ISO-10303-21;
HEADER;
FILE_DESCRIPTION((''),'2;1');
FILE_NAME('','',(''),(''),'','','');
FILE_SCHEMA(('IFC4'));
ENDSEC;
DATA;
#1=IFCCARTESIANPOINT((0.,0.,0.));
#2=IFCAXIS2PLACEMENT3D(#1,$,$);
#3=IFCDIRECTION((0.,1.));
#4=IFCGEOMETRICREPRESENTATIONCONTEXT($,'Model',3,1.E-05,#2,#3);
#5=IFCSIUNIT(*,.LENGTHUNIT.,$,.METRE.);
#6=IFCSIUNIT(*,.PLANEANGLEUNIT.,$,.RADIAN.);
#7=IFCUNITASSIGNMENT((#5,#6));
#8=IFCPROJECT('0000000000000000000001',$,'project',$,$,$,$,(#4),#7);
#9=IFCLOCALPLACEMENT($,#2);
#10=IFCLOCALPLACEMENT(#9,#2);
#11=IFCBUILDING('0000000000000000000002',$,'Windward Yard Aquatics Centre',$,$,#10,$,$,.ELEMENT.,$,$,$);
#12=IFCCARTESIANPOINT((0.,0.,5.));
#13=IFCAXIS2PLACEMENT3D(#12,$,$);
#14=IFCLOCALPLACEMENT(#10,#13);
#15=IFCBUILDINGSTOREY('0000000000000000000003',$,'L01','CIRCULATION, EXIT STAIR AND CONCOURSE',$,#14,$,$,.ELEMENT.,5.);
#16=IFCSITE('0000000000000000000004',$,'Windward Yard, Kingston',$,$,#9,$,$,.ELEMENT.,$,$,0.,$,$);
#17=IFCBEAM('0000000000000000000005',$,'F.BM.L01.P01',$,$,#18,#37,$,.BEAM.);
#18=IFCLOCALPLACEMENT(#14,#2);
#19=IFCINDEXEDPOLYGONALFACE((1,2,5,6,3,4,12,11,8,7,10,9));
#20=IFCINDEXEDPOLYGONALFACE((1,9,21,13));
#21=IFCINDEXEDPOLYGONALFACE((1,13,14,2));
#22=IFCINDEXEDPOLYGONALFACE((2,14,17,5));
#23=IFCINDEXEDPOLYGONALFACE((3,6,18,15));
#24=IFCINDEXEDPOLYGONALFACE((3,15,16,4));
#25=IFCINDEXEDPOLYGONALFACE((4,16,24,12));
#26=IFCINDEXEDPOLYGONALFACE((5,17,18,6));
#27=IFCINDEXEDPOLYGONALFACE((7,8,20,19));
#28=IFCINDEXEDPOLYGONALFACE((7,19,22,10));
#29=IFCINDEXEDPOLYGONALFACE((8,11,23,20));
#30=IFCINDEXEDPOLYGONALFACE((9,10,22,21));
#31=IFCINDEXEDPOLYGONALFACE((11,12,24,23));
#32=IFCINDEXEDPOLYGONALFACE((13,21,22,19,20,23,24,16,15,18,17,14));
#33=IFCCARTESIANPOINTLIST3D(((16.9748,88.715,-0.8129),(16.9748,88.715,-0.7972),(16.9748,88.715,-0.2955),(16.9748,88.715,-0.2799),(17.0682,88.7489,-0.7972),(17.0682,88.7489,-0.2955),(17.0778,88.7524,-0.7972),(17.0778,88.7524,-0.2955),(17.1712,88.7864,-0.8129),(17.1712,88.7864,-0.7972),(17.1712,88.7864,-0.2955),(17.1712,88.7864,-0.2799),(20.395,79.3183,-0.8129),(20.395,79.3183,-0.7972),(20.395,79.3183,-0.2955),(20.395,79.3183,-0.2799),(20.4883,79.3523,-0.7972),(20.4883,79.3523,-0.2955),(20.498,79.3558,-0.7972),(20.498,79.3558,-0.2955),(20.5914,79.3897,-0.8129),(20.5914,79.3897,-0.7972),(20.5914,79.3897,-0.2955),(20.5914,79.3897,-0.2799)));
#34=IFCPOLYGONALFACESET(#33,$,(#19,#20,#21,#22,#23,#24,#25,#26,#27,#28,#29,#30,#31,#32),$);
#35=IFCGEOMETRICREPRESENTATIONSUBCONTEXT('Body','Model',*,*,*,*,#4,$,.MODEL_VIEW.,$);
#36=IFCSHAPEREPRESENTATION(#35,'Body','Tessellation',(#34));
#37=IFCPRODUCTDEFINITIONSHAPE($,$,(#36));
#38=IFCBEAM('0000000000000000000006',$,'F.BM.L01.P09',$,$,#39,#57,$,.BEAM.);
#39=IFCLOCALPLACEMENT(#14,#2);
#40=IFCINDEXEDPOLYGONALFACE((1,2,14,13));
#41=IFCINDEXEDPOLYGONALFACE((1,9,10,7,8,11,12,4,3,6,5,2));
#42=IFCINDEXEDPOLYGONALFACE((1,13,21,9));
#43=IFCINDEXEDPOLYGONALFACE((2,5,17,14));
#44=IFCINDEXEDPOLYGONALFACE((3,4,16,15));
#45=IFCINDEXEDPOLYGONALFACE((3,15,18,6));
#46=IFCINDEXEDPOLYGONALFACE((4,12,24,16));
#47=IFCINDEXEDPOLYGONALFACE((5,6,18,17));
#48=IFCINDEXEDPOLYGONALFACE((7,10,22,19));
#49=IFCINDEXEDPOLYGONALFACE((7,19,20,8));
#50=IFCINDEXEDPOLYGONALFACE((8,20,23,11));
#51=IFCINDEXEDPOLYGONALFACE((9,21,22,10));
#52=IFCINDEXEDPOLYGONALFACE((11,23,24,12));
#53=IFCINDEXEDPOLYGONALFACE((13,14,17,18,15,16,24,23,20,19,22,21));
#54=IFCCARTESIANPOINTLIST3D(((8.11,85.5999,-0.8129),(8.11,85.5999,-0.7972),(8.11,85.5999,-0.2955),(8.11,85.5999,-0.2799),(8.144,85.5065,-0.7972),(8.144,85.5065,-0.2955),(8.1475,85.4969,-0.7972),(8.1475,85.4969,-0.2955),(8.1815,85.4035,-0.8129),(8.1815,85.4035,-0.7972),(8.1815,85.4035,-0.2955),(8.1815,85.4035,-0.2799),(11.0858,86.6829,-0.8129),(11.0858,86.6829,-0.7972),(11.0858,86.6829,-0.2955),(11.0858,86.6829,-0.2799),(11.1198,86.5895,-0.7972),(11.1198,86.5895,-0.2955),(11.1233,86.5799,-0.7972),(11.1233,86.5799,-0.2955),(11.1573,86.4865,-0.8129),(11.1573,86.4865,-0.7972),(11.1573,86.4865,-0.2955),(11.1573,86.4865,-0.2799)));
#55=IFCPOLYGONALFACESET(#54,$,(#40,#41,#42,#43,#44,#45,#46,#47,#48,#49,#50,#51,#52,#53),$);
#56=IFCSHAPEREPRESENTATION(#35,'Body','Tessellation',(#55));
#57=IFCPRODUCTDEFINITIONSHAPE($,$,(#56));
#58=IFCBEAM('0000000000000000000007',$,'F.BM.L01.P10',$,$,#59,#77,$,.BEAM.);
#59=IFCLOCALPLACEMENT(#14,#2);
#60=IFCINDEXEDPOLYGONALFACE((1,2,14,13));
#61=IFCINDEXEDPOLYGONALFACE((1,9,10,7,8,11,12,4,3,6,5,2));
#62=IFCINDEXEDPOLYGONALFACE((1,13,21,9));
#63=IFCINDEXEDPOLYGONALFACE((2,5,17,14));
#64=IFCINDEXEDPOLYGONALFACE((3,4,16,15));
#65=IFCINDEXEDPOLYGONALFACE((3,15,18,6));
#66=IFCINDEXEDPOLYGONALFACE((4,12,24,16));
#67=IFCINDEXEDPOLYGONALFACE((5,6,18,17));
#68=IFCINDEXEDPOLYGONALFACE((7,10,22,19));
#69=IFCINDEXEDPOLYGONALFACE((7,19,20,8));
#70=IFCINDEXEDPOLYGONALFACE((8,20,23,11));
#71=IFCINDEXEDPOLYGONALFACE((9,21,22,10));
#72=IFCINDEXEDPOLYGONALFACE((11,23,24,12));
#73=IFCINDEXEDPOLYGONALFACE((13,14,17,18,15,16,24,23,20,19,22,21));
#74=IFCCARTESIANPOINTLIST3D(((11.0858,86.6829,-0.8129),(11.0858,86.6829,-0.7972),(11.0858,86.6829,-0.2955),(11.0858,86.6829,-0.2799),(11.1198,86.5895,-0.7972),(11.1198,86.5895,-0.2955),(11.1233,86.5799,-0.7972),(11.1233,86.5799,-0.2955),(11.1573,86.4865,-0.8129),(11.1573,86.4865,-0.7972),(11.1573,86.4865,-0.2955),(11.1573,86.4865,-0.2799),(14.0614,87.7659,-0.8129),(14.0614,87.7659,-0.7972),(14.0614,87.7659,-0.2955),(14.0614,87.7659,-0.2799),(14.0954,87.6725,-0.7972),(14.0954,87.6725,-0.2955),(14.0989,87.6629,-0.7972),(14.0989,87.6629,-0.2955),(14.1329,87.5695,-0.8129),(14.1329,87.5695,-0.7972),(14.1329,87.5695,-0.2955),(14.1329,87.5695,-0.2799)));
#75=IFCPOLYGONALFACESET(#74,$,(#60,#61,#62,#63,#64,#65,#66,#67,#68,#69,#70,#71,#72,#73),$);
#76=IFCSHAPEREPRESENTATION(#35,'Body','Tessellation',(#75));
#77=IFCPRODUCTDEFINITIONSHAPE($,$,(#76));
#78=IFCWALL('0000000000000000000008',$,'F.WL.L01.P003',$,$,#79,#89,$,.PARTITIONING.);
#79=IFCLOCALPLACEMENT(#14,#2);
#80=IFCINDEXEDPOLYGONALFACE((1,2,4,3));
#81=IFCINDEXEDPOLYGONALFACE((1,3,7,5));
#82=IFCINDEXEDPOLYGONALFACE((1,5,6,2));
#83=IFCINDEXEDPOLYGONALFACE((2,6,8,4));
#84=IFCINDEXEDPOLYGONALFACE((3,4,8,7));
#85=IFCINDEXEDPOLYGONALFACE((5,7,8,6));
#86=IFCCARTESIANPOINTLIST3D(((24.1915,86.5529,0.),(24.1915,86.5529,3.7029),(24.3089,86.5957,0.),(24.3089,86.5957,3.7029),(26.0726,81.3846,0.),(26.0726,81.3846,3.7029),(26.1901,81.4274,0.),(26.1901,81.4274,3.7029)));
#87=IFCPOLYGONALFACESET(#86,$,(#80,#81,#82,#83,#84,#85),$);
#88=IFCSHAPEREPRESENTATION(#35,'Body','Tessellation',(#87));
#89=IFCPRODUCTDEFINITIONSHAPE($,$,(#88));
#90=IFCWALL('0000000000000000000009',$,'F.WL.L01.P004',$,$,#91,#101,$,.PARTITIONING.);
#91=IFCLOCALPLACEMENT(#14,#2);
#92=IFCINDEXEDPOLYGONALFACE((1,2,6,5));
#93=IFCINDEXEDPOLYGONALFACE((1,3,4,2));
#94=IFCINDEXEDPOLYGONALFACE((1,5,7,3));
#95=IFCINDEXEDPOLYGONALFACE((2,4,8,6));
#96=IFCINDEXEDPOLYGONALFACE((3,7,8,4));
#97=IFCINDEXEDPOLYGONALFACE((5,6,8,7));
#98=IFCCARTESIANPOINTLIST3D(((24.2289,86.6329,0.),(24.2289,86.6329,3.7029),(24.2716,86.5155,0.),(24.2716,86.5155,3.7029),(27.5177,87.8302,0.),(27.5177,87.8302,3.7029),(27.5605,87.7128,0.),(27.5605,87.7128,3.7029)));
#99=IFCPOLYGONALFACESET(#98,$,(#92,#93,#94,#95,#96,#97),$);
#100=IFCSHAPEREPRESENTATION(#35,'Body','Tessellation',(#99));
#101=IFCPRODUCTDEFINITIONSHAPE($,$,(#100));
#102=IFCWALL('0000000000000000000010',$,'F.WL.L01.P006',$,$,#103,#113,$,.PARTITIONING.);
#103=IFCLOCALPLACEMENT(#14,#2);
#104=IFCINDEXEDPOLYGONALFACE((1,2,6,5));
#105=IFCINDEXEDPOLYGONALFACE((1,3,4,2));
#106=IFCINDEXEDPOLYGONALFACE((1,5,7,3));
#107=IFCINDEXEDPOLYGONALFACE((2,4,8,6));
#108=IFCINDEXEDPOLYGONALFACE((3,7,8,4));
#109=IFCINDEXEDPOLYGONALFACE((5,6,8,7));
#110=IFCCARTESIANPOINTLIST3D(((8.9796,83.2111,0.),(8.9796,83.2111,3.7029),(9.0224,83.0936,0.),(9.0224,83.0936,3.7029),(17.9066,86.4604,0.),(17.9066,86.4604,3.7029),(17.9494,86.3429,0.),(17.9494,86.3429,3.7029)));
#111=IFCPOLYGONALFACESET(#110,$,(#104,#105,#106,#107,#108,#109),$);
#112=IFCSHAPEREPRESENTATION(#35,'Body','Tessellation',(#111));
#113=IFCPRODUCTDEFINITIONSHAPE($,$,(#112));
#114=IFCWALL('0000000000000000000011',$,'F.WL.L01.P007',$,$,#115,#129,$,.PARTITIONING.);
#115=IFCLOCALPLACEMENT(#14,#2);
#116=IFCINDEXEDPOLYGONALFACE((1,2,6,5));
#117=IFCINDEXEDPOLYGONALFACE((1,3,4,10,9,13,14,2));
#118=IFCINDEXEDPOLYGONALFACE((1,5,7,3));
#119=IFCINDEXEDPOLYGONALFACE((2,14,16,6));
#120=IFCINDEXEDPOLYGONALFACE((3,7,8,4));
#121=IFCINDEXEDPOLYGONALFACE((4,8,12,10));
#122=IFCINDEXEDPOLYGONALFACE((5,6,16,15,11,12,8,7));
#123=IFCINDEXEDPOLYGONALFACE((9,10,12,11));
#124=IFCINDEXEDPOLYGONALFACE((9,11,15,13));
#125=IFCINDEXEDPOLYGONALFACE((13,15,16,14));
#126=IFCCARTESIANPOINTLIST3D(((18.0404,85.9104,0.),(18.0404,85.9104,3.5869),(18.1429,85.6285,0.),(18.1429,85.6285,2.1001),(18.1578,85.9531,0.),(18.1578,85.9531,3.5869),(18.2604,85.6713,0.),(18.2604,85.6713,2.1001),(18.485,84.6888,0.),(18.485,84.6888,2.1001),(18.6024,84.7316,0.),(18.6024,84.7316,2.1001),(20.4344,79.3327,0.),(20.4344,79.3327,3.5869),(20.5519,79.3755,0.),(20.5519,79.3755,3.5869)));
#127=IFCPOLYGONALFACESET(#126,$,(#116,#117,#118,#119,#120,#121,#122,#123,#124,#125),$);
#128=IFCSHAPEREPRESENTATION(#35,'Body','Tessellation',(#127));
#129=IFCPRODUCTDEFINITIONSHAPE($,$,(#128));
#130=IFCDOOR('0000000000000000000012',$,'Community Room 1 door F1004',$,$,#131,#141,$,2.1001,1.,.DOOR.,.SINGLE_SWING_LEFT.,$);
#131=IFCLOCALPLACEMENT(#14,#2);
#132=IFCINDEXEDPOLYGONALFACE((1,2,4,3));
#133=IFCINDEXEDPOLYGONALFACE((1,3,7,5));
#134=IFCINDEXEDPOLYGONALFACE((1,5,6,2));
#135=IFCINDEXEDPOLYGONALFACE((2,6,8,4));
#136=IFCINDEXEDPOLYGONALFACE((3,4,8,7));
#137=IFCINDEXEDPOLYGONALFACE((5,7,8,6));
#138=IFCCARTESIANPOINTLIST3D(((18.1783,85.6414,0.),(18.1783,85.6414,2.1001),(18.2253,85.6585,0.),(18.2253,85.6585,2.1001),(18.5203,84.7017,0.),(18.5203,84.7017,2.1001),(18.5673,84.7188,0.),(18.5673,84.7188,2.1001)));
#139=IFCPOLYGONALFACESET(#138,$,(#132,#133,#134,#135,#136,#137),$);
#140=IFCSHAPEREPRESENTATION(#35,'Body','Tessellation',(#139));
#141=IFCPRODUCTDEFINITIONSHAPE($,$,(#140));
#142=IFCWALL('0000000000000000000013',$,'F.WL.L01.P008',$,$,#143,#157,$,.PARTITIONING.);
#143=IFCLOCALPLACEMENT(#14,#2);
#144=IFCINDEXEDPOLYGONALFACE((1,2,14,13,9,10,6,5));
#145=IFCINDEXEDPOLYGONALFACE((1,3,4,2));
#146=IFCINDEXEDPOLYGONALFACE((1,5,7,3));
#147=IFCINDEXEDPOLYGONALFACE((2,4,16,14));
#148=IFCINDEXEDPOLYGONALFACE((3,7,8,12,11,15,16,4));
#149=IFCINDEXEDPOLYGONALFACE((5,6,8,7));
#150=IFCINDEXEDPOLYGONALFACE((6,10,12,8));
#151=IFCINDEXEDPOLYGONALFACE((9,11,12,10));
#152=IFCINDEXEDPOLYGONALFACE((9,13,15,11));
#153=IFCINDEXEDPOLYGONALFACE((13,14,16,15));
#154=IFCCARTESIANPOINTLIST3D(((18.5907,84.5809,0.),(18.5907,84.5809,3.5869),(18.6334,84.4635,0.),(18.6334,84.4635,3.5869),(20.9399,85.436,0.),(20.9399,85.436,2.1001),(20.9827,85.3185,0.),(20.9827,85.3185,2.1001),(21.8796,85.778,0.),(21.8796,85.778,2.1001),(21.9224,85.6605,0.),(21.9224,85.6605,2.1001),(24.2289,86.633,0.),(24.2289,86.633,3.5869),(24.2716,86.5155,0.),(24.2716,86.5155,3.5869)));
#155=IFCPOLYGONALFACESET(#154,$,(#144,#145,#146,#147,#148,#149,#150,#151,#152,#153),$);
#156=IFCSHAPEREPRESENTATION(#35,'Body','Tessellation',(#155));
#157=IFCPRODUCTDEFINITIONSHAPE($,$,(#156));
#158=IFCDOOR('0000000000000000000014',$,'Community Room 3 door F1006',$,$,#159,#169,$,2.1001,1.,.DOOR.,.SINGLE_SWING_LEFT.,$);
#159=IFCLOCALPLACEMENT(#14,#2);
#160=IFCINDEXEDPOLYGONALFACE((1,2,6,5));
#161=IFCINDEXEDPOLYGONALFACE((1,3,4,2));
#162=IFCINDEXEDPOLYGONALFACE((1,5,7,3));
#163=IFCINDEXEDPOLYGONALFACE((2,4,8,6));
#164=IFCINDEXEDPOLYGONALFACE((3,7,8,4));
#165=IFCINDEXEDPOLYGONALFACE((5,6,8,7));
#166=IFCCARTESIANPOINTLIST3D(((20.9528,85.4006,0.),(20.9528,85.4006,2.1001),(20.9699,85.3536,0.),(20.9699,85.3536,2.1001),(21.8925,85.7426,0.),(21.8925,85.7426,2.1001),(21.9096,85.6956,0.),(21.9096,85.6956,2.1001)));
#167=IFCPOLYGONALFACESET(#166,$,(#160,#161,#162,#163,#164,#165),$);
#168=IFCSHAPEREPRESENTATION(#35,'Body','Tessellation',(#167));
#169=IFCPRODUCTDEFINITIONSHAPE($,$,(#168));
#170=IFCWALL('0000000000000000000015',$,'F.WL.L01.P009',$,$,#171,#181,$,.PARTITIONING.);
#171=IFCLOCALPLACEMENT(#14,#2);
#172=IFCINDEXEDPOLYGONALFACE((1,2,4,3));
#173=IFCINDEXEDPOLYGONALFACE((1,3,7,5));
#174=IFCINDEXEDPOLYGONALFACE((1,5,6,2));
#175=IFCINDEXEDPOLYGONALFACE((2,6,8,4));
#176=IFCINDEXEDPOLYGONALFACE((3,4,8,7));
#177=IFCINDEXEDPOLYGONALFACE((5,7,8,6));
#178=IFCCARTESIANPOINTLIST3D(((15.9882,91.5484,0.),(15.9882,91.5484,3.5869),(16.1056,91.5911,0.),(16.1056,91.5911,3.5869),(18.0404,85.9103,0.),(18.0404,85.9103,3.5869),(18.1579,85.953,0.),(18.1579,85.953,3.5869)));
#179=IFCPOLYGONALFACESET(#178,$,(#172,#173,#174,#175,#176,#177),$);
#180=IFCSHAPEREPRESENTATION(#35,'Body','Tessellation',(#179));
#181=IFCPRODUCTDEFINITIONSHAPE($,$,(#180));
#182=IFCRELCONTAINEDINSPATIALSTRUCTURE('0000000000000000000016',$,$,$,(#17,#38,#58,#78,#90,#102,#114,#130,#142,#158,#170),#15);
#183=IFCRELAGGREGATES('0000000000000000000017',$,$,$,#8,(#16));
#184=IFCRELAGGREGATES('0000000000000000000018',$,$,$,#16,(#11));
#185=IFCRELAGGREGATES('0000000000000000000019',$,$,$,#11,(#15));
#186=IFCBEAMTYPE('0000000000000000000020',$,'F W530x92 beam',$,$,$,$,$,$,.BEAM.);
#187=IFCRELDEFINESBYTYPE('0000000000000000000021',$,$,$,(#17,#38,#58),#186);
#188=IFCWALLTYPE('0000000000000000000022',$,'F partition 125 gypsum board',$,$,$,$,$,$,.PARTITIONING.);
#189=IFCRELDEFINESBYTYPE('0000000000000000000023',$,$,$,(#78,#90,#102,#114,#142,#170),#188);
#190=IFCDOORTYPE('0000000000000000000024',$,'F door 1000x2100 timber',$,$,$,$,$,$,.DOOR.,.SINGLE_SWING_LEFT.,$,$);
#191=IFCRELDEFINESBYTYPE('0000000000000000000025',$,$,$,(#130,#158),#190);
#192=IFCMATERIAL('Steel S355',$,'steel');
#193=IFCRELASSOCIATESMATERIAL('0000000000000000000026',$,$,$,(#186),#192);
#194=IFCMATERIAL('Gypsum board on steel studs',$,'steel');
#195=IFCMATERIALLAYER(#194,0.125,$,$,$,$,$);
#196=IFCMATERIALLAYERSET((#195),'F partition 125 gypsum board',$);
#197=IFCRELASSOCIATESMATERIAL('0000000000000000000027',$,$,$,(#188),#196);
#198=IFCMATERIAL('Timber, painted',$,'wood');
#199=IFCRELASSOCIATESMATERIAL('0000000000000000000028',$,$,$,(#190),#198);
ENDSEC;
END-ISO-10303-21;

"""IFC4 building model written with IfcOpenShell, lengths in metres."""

from ifc_helpers import new_model, si_unit, direction, frame, frame_2d, origin, origin_2d, place, context, subcontext, project, spatial, rectangle, i_section, extrude, material, layer, layer_set, material_profile, profile_set, type_object, element, fill, save


model = new_model("IFC4")

# Units and contexts
model_context = context("Model", 3, precision=1e-05, world=origin(), true_north=direction((0.0, 1.0)))
body_context = subcontext(model_context, "Body", "Model", "MODEL_VIEW")
ifc_project = project(units=[si_unit("LENGTHUNIT", "METRE"), si_unit("PLANEANGLEUNIT", "RADIAN")], contexts=[model_context])

# Site, building, storey
site_placement = place(None, origin())
site = spatial("IfcSite", under=ifc_project, at=site_placement, Name="Windward Yard, Kingston", CompositionType="ELEMENT", RefElevation=0.0)
building_placement = place(site_placement, origin())
building = spatial("IfcBuilding", under=site, at=building_placement, Name="Windward Yard Aquatics Centre", CompositionType="ELEMENT")
storey_placement = place(building_placement, frame((0.0, 0.0, 5.0)))
storey = spatial("IfcBuildingStorey", under=building, at=storey_placement, Name="L01", Description="CIRCULATION, EXIT STAIR AND CONCOURSE", CompositionType="ELEMENT", Elevation=5.0)

# Shared definitions
ifc_material_1 = material(Name="Steel S355", Category="steel")

# Beams
ifc_material_profile_1 = material_profile(ifc_material_1, i_section(OverallWidth=0.209, OverallDepth=0.533, WebThickness=0.0103, FlangeThickness=0.0156, at=origin_2d()), Name="W530x92")
ifc_profile_set_1 = profile_set([ifc_material_profile_1], Name="Steel S355")
beam_type_1 = type_object("IfcBeamType", Name="F W530x92 beam", PredefinedType="BEAM", material=ifc_profile_set_1)
beam_1_placement = place(storey_placement, frame((20.4932, 79.354, -0.5464), z_axis=(-0.342023, 0.939691, 0.0), x_axis=(-0.939691, -0.342023, 0.0)))
element("IfcBeam", 1, at=beam_1_placement, inside=storey, type_object=beam_type_1, Name="F.BM.L01.P01", PredefinedType="BEAM", context=body_context, shape_type="SweptSolid", body=[
    extrude(i_section(OverallWidth=0.209, OverallDepth=0.533, WebThickness=0.0103, FlangeThickness=0.0156, at=origin_2d()), origin(), (0.0, 0.0, 1.0), 9.9998),
])
beam_2_placement = place(storey_placement, frame((8.1458, 85.5017, -0.5464), z_axis=(0.939703, 0.341991, 0.0), x_axis=(-0.341991, 0.939703, 0.0)))
element("IfcBeam", 2, at=beam_2_placement, inside=storey, type_object=beam_type_1, Name="F.BM.L01.P09", PredefinedType="BEAM", context=body_context, shape_type="SweptSolid", body=[
    extrude(i_section(OverallWidth=0.209, OverallDepth=0.533, WebThickness=0.0103, FlangeThickness=0.0156, at=origin_2d()), origin(), (0.0, 0.0, 1.0), 3.1667),
])
beam_3_placement = place(storey_placement, frame((11.1216, 86.5847, -0.5464), z_axis=(0.939694, 0.342015, 0.0), x_axis=(-0.342015, 0.939694, 0.0)))
element("IfcBeam", 3, at=beam_3_placement, inside=storey, type_object=beam_type_1, Name="F.BM.L01.P10", PredefinedType="BEAM", context=body_context, shape_type="SweptSolid", body=[
    extrude(i_section(OverallWidth=0.209, OverallDepth=0.533, WebThickness=0.0103, FlangeThickness=0.0156, at=origin_2d()), origin(), (0.0, 0.0, 1.0), 3.1665),
])

# Walls
ifc_material_2 = material(Name="Gypsum board on steel studs", Category="steel")
ifc_layer_1 = layer(ifc_material_2, 0.125)
ifc_layer_set_1 = layer_set([ifc_layer_1], Name="F partition 125 gypsum board")
wall_type_1 = type_object("IfcWallType", Name="F partition 125 gypsum board", PredefinedType="PARTITIONING", material=ifc_layer_set_1)
wall_1_placement = place(storey_placement, frame((26.1313, 81.406, 0.0), z_axis=(0.0, 0.0, 1.0), x_axis=(-0.342025, 0.939691, 0.0)))
element("IfcWall", 4, at=wall_1_placement, inside=storey, type_object=wall_type_1, Name="F.WL.L01.P003", PredefinedType="PARTITIONING", context=body_context, shape_type="SweptSolid", body=[
    extrude(rectangle(XDim=5.5, YDim=0.125, at=frame_2d((2.75, 0.0))), origin(), (0.0, 0.0, 1.0), 3.7029),
])
wall_2_placement = place(storey_placement, frame((24.2502, 86.5742, 0.0), z_axis=(0.0, 0.0, 1.0), x_axis=(0.939671, 0.342079, 0.0)))
element("IfcWall", 5, at=wall_2_placement, inside=storey, type_object=wall_type_1, Name="F.WL.L01.P004", PredefinedType="PARTITIONING", context=body_context, shape_type="SweptSolid", body=[
    extrude(rectangle(XDim=3.5, YDim=0.125, at=frame_2d((1.75, 0.0))), origin(), (0.0, 0.0, 1.0), 3.7029),
])
wall_3_placement = place(storey_placement, frame((9.001, 83.1523, 0.0), z_axis=(0.0, 0.0, 1.0), x_axis=(0.939689, 0.34203, 0.0)))
element("IfcWall", 6, at=wall_3_placement, inside=storey, type_object=wall_type_1, Name="F.WL.L01.P006", PredefinedType="PARTITIONING", context=body_context, shape_type="SweptSolid", body=[
    extrude(rectangle(XDim=9.5, YDim=0.125, at=frame_2d((4.75, 0.0))), origin(), (0.0, 0.0, 1.0), 3.7029),
])

# Walls, openings, doors
wall_4_placement = place(storey_placement, frame((20.4932, 79.354, 0.0), z_axis=(0.0, 0.0, 1.0), x_axis=(-0.342017, 0.939694, 0.0)))
wall_4 = element("IfcWall", 7, at=wall_4_placement, inside=storey, type_object=wall_type_1, Name="F.WL.L01.P007", PredefinedType="PARTITIONING", context=body_context, shape_type="SweptSolid", body=[
    extrude(rectangle(XDim=6.9998, YDim=0.125, at=frame_2d((3.5, 0.0))), origin(), (0.0, 0.0, 1.0), 3.5869),
])
opening_1_placement = place(wall_4_placement, frame((5.7, 0.0, 0.0)))
opening_1 = element("IfcOpeningElement", 8, at=opening_1_placement, cuts=wall_4, PredefinedType="OPENING", context=body_context, shape_type="SweptSolid", body=[
    extrude(rectangle(XDim=1.0, YDim=2.1001, at=frame_2d((0.5, 1.05))), frame((0.0, 0.0725, 0.0), z_axis=(0.0, -1.0, 0.0), x_axis=(1.0, 0.0, 0.0)), (0.0, 0.0, 1.0), 0.145),
])
ifc_material_3 = material(Name="Timber, painted", Category="wood")
door_type = type_object("IfcDoorType", Name="F door 1000x2100 timber", OperationType="SINGLE_SWING_LEFT", PredefinedType="DOOR", material=ifc_material_3)
door_1_placement = place(opening_1_placement, origin())
door_1 = element("IfcDoor", 9, at=door_1_placement, inside=storey, type_object=door_type, Name="Community Room 1 door F1004", OperationType="SINGLE_SWING_LEFT", OverallHeight=2.1001, OverallWidth=1.0, PredefinedType="DOOR", context=body_context, shape_type="SweptSolid", body=[
    extrude(rectangle(XDim=1.0, YDim=2.1001, at=frame_2d((0.5, 1.05))), frame((0.0, 0.0249, 0.0), z_axis=(0.0, -1.0, 0.0), x_axis=(1.0, 0.0, 0.0)), (0.0, 0.0, 1.0), 0.05),
])
fill(opening_1, door_1)
wall_5_placement = place(storey_placement, frame((18.6121, 84.5222, 0.0), z_axis=(0.0, 0.0, 1.0), x_axis=(0.9397, 0.342001, 0.0)))
wall_5 = element("IfcWall", 10, at=wall_5_placement, inside=storey, type_object=wall_type_1, Name="F.WL.L01.P008", PredefinedType="PARTITIONING", context=body_context, shape_type="SweptSolid", body=[
    extrude(rectangle(XDim=6.0, YDim=0.125, at=frame_2d((3.0, 0.0))), origin(), (0.0, 0.0, 1.0), 3.5869),
])
opening_2_placement = place(wall_5_placement, frame((2.5, 0.0, 0.0)))
opening_2 = element("IfcOpeningElement", 11, at=opening_2_placement, cuts=wall_5, PredefinedType="OPENING", context=body_context, shape_type="SweptSolid", body=[
    extrude(rectangle(XDim=1.0, YDim=2.1001, at=frame_2d((0.5, 1.05))), frame((0.0, 0.0725, 0.0), z_axis=(0.0, -1.0, 0.0), x_axis=(1.0, 0.0, 0.0)), (0.0, 0.0, 1.0), 0.145),
])
door_2_placement = place(opening_2_placement, origin())
door_2 = element("IfcDoor", 12, at=door_2_placement, inside=storey, type_object=door_type, Name="Community Room 3 door F1006", OperationType="SINGLE_SWING_LEFT", OverallHeight=2.1001, OverallWidth=1.0, PredefinedType="DOOR", context=body_context, shape_type="SweptSolid", body=[
    extrude(rectangle(XDim=1.0, YDim=2.1001, at=frame_2d((0.5, 1.05))), frame((0.0, 0.0249, 0.0), z_axis=(0.0, -1.0, 0.0), x_axis=(1.0, 0.0, 0.0)), (0.0, 0.0, 1.0), 0.05),
])
fill(opening_2, door_2)

# Wall
wall_6_placement = place(storey_placement, frame((18.0991, 85.9316, 0.0), z_axis=(0.0, 0.0, 1.0), x_axis=(-0.342037, 0.939686, 0.0)))
element("IfcWall", 13, at=wall_6_placement, inside=storey, type_object=wall_type_1, Name="F.WL.L01.P009", PredefinedType="PARTITIONING", context=body_context, shape_type="SweptSolid", body=[
    extrude(rectangle(XDim=6.0, YDim=0.125, at=frame_2d((3.0, 0.0))), origin(), (0.0, 0.0, 1.0), 3.5869),
])

save(model, "model.ifc")
